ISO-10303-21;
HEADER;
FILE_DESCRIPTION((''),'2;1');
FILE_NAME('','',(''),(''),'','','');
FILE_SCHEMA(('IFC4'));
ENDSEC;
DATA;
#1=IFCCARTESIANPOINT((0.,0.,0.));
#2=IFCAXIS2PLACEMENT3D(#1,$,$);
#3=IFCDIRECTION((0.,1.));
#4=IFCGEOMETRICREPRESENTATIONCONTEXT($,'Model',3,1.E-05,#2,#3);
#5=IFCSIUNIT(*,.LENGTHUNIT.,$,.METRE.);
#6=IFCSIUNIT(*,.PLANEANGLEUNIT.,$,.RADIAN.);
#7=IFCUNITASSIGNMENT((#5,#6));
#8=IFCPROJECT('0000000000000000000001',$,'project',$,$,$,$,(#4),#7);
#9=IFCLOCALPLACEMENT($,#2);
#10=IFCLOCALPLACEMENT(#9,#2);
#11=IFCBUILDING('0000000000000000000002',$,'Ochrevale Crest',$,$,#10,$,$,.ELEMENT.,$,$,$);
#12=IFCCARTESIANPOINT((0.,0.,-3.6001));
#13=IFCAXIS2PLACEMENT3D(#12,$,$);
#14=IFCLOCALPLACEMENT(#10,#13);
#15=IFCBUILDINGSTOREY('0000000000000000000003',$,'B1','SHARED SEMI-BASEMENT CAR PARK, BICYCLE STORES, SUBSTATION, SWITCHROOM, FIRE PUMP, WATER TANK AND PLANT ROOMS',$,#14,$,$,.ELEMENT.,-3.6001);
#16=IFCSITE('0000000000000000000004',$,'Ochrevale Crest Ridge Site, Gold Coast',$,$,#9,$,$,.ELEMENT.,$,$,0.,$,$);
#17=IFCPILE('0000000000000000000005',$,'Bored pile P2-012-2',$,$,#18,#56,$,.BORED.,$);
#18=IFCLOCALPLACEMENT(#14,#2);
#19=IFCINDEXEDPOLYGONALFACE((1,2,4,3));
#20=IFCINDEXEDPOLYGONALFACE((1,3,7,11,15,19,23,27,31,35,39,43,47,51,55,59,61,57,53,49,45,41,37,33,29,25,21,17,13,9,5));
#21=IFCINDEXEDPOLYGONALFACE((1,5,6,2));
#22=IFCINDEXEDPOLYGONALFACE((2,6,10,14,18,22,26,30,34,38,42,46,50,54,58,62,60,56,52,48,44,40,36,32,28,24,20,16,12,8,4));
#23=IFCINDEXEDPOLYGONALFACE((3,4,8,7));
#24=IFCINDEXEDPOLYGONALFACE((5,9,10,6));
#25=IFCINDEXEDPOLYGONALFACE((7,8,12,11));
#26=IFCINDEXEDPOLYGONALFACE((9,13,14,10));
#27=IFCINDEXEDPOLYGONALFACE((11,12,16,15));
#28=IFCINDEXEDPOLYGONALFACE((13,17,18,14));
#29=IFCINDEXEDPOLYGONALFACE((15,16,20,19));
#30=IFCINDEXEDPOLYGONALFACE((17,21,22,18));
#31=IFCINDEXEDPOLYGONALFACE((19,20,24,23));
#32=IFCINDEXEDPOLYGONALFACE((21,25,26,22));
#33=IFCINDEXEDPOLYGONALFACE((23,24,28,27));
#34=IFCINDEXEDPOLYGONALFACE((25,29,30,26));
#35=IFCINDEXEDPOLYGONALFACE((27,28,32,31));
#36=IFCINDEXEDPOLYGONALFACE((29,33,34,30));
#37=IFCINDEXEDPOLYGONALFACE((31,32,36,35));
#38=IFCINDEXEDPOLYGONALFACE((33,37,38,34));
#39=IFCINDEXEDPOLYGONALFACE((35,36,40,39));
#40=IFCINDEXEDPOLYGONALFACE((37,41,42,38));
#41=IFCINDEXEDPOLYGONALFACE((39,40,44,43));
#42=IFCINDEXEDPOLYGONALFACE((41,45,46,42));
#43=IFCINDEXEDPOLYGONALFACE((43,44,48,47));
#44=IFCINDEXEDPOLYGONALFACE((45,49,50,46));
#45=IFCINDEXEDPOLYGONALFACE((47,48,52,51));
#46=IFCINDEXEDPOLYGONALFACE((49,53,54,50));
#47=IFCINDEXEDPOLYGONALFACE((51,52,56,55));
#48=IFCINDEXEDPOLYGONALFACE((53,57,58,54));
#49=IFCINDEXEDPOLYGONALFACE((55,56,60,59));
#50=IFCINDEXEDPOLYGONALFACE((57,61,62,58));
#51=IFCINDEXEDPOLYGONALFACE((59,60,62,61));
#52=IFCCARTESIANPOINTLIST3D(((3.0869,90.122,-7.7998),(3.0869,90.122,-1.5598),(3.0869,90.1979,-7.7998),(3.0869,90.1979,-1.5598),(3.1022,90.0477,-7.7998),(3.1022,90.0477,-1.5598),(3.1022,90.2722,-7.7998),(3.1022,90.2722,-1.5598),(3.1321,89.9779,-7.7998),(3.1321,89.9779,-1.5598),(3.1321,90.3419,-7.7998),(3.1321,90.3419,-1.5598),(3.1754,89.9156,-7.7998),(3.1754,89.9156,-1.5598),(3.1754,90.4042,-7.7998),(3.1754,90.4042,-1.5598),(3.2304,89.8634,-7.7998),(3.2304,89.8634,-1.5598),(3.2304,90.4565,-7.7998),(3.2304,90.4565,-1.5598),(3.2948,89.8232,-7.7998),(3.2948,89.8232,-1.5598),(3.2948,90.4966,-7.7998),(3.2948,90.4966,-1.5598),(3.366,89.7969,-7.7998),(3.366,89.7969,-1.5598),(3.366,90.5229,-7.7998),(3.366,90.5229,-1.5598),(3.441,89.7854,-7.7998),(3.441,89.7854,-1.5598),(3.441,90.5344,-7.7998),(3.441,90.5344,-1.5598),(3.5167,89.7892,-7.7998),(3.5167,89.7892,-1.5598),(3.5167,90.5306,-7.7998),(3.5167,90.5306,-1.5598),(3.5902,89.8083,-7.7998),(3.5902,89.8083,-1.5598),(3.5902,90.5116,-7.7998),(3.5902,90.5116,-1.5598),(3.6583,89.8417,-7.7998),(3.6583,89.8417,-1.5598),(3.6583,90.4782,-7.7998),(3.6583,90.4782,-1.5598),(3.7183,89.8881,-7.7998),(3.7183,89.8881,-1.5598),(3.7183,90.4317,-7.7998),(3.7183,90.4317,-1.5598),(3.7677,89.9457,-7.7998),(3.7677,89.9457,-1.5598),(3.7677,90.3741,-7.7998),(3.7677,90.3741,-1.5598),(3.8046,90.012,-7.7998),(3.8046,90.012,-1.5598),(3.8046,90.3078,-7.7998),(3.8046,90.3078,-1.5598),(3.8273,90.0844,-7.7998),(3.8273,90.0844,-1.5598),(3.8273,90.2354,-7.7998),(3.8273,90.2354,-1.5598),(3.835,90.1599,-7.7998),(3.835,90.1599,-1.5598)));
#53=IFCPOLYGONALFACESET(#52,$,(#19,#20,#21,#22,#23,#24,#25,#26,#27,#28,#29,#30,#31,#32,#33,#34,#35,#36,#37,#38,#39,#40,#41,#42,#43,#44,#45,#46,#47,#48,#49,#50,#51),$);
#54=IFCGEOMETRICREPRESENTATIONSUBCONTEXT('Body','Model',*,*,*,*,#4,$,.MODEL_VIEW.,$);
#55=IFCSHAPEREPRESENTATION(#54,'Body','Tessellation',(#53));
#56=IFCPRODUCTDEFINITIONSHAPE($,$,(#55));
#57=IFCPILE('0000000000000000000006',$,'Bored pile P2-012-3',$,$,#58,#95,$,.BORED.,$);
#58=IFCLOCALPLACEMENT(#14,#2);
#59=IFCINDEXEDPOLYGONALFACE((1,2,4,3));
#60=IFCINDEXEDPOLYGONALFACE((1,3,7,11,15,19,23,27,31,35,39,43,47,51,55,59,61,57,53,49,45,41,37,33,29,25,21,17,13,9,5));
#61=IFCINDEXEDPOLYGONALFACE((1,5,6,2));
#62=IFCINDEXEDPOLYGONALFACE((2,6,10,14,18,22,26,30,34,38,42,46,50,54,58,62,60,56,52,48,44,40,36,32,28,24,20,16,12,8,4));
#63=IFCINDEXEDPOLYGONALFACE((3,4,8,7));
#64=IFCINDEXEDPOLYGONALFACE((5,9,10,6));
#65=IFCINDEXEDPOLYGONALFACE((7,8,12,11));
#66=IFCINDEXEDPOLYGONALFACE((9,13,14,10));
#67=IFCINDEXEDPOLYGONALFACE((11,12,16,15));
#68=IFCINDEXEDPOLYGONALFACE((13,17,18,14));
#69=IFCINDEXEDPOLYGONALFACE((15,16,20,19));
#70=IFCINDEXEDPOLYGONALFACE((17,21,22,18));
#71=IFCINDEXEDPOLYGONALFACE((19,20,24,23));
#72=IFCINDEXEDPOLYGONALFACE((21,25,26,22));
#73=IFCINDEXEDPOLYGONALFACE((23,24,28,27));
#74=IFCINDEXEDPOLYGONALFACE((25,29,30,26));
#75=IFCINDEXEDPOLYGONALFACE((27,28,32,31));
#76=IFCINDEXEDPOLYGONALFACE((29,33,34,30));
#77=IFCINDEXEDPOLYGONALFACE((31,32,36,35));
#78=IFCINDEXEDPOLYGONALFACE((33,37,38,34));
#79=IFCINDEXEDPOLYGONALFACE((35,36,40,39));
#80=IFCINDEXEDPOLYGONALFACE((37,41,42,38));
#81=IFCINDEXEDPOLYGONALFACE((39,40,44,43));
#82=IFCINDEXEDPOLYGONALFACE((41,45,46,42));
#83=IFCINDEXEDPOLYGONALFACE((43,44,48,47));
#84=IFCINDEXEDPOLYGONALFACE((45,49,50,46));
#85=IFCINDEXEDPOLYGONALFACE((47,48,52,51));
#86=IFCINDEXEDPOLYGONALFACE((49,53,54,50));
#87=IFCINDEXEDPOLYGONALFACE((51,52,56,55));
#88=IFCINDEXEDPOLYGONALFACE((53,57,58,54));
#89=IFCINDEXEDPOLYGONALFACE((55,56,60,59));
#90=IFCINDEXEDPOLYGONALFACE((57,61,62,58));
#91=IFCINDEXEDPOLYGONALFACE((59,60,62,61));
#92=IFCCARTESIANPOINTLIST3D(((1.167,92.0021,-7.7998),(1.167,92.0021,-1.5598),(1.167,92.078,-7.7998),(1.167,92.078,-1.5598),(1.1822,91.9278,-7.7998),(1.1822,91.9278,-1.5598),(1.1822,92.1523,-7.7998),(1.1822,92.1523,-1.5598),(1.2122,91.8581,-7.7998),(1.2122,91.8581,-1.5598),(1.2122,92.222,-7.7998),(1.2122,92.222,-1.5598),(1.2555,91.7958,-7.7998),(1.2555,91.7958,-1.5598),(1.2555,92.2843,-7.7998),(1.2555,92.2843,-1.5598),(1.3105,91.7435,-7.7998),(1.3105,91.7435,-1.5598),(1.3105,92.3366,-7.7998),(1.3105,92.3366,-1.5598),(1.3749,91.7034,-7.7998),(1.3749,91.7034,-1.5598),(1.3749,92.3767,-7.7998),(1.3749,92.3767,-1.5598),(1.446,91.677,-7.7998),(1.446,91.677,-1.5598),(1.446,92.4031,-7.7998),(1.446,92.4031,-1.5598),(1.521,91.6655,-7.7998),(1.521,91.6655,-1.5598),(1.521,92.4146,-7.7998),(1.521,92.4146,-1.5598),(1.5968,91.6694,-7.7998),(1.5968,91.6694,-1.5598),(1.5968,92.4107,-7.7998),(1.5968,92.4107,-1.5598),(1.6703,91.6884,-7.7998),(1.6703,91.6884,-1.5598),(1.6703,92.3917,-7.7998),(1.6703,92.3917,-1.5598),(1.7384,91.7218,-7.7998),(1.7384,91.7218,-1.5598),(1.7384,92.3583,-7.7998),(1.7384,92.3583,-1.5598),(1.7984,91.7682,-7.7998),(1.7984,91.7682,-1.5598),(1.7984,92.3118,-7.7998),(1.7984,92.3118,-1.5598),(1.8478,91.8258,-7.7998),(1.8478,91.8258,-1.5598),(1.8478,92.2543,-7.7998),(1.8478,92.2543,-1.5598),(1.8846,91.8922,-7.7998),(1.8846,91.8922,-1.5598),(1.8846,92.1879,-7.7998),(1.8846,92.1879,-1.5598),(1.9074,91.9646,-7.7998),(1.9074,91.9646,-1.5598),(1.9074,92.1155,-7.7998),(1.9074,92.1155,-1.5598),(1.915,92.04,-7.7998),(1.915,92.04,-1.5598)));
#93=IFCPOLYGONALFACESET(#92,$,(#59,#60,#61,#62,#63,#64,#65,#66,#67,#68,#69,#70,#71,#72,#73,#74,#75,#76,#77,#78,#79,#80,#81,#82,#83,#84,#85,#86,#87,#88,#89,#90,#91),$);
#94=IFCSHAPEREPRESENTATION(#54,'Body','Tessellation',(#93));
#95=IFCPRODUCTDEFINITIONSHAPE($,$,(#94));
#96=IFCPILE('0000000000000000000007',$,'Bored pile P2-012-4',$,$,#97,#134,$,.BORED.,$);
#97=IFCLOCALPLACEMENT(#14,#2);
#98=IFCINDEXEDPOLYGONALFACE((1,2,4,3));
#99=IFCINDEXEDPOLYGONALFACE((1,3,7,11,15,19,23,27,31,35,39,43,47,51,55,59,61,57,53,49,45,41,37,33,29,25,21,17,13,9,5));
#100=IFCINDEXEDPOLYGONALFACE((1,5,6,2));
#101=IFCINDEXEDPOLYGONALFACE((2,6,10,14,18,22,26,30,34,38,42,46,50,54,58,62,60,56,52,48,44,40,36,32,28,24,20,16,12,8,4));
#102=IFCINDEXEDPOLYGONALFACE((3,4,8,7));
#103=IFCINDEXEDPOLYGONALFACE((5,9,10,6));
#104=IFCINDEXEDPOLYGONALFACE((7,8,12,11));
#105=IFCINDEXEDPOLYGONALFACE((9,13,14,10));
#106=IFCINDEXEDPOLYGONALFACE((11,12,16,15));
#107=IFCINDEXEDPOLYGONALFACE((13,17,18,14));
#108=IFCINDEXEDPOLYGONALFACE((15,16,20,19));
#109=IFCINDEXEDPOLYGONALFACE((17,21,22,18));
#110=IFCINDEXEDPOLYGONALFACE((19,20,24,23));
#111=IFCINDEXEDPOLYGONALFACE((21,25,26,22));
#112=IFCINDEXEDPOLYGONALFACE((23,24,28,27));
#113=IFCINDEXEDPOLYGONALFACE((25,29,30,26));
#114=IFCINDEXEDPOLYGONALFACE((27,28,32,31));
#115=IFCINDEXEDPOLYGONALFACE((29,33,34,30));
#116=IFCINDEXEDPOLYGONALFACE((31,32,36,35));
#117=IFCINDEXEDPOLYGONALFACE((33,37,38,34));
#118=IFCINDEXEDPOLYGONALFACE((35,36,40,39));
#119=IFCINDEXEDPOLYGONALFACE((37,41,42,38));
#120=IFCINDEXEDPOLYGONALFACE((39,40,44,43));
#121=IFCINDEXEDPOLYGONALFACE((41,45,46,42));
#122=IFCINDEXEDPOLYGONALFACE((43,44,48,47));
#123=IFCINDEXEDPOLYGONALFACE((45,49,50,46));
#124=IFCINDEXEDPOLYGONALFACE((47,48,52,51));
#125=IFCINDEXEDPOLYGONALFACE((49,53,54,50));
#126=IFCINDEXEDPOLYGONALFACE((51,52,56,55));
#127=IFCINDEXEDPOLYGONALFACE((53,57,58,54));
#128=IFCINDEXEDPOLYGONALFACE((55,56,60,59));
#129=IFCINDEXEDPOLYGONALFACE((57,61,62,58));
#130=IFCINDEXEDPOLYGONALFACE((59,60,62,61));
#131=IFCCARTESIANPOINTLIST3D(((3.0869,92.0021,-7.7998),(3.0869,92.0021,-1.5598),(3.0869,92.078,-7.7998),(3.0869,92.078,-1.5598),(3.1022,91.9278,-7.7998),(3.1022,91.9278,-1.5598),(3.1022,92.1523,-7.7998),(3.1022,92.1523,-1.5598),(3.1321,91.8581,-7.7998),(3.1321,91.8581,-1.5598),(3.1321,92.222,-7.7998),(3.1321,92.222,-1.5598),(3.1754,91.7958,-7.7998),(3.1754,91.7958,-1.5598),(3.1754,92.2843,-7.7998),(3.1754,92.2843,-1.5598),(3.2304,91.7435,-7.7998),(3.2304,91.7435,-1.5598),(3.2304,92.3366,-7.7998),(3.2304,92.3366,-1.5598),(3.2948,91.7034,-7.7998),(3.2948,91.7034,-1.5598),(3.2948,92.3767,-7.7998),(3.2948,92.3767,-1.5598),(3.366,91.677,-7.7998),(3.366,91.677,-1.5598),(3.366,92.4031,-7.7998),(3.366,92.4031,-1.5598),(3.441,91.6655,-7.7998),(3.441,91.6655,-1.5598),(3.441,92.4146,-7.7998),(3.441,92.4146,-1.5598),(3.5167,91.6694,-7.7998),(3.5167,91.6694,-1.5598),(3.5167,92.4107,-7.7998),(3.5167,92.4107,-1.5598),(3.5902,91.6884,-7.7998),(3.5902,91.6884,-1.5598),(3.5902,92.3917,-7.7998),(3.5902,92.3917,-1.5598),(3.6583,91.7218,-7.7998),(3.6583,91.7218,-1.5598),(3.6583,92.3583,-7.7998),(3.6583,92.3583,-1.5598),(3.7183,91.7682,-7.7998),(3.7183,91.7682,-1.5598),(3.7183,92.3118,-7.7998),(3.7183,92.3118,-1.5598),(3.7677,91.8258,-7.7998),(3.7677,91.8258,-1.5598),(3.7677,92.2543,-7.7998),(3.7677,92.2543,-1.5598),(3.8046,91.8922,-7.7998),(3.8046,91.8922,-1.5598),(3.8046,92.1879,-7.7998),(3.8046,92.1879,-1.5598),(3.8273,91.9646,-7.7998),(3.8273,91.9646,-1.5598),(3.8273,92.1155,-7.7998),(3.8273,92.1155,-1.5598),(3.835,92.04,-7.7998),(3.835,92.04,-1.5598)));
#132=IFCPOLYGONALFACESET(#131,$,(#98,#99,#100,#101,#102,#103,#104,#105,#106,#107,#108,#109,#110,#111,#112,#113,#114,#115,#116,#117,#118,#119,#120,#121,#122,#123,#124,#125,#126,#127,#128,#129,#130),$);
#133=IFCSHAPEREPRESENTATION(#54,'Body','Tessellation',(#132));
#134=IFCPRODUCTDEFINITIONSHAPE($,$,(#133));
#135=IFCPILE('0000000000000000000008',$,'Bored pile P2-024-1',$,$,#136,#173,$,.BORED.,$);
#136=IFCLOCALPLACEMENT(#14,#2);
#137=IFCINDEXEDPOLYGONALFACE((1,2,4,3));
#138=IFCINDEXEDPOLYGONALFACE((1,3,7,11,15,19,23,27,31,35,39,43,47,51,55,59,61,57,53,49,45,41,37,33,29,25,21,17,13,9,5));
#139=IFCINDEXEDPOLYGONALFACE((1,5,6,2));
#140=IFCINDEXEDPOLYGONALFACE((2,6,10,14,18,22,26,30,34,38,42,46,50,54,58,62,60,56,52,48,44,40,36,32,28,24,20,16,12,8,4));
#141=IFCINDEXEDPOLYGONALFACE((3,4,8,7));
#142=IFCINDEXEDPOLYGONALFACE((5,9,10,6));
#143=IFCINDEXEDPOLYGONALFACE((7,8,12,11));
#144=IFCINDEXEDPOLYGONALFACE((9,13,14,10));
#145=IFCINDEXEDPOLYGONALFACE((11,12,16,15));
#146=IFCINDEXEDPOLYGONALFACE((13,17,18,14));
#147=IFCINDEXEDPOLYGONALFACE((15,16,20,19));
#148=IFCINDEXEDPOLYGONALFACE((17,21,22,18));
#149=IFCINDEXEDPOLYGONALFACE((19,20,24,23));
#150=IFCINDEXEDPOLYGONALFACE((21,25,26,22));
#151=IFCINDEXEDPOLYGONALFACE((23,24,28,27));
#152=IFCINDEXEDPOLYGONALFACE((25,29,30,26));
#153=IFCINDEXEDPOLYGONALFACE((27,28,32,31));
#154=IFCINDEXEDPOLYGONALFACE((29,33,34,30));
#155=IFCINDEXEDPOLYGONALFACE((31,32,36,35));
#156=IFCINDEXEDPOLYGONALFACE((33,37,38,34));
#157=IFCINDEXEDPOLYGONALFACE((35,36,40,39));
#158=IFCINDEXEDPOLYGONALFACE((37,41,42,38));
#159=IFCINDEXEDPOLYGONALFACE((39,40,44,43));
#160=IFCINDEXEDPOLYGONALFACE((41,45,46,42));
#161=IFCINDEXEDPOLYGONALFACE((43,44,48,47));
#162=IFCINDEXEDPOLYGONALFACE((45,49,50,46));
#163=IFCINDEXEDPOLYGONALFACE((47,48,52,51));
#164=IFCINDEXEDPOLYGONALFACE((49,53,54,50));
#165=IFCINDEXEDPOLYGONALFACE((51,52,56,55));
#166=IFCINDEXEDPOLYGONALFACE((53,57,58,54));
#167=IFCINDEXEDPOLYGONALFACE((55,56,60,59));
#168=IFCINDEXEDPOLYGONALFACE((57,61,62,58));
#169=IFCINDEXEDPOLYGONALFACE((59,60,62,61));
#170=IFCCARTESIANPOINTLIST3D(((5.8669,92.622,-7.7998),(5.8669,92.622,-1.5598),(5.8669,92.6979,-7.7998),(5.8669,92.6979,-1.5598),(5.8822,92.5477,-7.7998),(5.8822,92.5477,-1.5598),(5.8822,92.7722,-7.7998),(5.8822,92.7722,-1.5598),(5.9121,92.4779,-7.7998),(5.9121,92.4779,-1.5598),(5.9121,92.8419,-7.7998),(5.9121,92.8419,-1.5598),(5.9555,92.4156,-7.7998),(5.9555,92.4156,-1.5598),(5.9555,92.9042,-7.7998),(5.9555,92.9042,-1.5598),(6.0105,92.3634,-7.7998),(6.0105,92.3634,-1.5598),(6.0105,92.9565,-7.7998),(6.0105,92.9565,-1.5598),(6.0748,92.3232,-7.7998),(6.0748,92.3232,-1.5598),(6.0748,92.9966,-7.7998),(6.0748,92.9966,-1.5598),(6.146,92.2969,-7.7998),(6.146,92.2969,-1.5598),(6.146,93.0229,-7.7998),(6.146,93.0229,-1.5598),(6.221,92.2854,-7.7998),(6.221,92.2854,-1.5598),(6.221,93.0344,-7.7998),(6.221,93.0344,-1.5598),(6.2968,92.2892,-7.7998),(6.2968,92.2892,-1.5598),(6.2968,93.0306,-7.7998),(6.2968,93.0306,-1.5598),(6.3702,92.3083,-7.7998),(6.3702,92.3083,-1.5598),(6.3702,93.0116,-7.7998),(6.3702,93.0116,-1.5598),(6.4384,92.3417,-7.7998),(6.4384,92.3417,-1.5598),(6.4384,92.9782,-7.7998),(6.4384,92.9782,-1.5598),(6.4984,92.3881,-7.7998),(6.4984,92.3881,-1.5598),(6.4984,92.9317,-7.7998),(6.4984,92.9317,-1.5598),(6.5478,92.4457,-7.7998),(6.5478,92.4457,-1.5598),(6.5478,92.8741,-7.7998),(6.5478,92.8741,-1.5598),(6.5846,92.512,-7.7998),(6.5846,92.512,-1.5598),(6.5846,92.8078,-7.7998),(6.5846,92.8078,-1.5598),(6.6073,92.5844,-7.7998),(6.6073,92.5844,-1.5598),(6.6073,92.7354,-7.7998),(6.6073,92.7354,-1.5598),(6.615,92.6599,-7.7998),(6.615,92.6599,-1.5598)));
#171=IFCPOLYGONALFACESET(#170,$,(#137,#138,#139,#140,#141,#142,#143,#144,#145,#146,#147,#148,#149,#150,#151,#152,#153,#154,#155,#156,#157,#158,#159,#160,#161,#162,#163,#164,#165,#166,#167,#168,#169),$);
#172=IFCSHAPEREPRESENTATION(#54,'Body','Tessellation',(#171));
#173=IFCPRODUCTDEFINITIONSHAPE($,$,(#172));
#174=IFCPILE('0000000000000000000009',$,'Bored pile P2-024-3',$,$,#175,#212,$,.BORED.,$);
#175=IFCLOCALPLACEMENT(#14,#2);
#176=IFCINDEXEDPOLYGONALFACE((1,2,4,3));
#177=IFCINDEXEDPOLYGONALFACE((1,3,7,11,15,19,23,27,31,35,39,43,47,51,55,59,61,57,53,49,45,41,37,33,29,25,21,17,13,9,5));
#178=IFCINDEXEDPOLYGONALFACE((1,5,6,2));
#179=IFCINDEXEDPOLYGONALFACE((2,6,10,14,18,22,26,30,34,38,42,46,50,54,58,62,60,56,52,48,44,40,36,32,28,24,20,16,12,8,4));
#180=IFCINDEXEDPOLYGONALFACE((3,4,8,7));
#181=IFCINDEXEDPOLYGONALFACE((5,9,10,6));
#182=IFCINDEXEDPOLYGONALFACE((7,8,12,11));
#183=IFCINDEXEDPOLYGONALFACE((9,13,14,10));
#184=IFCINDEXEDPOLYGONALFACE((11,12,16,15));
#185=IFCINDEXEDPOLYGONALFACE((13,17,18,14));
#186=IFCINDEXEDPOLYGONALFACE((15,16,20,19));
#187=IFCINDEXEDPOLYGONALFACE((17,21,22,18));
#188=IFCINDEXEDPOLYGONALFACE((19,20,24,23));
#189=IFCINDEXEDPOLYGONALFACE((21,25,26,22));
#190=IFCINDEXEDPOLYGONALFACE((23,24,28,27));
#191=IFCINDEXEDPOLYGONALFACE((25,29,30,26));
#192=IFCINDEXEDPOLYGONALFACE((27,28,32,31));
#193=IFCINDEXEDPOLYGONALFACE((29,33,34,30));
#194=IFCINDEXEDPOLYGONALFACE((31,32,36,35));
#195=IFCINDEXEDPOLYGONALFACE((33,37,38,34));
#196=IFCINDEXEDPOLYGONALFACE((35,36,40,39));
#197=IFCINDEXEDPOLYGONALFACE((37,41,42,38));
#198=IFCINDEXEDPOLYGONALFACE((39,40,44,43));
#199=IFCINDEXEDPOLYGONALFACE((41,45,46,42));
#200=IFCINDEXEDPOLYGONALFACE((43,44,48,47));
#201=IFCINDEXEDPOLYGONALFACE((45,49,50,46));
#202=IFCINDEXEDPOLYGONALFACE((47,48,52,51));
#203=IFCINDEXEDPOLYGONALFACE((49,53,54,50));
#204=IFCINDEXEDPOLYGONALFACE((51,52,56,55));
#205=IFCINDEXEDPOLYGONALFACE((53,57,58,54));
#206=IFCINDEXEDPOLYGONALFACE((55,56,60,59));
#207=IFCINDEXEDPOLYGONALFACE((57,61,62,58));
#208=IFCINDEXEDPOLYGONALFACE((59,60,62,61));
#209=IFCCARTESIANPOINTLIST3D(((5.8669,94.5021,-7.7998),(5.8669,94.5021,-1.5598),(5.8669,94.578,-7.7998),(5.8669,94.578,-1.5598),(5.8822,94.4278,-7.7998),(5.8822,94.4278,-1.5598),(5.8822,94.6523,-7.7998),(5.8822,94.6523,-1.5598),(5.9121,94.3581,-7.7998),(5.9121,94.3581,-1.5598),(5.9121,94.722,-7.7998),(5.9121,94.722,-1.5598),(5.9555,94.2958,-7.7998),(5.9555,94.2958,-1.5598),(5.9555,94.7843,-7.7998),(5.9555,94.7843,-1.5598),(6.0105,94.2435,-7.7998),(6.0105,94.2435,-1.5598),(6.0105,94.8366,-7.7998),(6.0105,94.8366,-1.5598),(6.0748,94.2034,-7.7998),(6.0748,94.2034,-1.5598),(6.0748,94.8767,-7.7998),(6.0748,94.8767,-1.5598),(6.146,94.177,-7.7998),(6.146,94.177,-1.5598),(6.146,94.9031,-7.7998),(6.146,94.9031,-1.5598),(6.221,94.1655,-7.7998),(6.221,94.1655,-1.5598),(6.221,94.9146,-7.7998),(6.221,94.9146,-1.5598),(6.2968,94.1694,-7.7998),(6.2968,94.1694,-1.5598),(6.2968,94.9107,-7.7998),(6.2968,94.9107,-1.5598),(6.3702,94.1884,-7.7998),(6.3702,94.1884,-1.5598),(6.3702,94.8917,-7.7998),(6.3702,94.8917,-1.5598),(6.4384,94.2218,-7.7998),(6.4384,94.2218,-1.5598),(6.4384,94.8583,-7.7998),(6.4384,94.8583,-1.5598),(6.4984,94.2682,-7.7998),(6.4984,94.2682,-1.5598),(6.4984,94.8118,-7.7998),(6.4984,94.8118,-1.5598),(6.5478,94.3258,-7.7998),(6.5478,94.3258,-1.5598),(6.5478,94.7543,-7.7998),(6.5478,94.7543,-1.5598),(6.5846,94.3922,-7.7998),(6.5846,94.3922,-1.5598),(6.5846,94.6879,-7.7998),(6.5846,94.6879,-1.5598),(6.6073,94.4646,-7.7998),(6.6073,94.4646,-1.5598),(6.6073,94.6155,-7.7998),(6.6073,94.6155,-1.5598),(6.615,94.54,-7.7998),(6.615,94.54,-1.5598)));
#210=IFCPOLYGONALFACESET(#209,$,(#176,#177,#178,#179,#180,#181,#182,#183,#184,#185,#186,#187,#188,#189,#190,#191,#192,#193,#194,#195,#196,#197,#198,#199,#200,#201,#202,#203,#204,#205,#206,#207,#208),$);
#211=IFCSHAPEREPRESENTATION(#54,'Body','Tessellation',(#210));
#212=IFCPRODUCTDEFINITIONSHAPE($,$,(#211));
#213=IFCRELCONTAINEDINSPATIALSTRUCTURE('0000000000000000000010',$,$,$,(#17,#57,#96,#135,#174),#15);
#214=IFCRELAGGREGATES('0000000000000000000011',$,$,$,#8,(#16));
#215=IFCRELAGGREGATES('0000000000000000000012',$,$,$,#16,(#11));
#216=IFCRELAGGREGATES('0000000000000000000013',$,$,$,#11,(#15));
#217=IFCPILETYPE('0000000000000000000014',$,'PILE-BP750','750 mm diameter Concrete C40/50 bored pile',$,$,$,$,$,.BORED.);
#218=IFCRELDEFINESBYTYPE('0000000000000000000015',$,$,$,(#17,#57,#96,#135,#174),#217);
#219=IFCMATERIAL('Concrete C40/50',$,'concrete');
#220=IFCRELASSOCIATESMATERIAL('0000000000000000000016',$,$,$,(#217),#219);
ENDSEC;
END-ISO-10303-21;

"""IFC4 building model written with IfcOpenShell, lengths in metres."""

from ifc_helpers import new_model, si_unit, direction, frame, origin, origin_2d, place, context, subcontext, project, spatial, circle, extrude, material, material_profile, profile_set, type_object, element, save


model = new_model("IFC4")

# Units and contexts
model_context = context("Model", 3, precision=1e-05, world=origin(), true_north=direction((0.0, 1.0)))
body_context = subcontext(model_context, "Body", "Model", "MODEL_VIEW")
ifc_project = project(units=[si_unit("LENGTHUNIT", "METRE"), si_unit("PLANEANGLEUNIT", "RADIAN")], contexts=[model_context])

# Site, building, storey
site_placement = place(None, origin())
site = spatial("IfcSite", under=ifc_project, at=site_placement, Name="Ochrevale Crest Ridge Site, Gold Coast", CompositionType="ELEMENT", RefElevation=0.0)
building_placement = place(site_placement, origin())
building = spatial("IfcBuilding", under=site, at=building_placement, Name="Ochrevale Crest", CompositionType="ELEMENT")
storey_placement = place(building_placement, frame((0.0, 0.0, -3.6001)))
storey = spatial("IfcBuildingStorey", under=building, at=storey_placement, Name="B1", Description="SHARED SEMI-BASEMENT CAR PARK, BICYCLE STORES, SUBSTATION, SWITCHROOM, FIRE PUMP, WATER TANK AND PLANT ROOMS", CompositionType="ELEMENT", Elevation=-3.6001)

# Shared definitions
ifc_material_1 = material(Name="Concrete C40/50", Category="concrete")

# Piles
ifc_material_profile_1 = material_profile(ifc_material_1, circle(Radius=0.375, at=origin_2d()), Name="BORED PILE 750")
ifc_profile_set_1 = profile_set([ifc_material_profile_1], Name="Concrete C40/50")
pile_type_1 = type_object("IfcPileType", Name="PILE-BP750", Description="750 mm diameter Concrete C40/50 bored pile", PredefinedType="BORED", material=ifc_profile_set_1)
for number, where, z_axis, x_axis, name in (
    (1, (3.46, 90.1599, -1.5598), (0.0, 0.0, -1.0), (1.0, 0.0, 0.0), "Bored pile P2-012-2"),
    (2, (1.54, 92.04, -1.5598), (0.0, 0.0, -1.0), (1.0, 0.0, 0.0), "Bored pile P2-012-3"),
    (3, (3.46, 92.04, -1.5598), (0.0, 0.0, -1.0), (1.0, 0.0, 0.0), "Bored pile P2-012-4"),
    (4, (6.24, 92.6599, -1.5598), (0.0, 0.0, -1.0), (1.0, 0.0, 0.0), "Bored pile P2-024-1"),
    (5, (6.24, 94.54, -1.5598), (0.0, 0.0, -1.0), (1.0, 0.0, 0.0), "Bored pile P2-024-3"),
):
    element("IfcPile", number, at=place(storey_placement, frame(where, z_axis=z_axis, x_axis=x_axis)), inside=storey, type_object=pile_type_1, Name=name, PredefinedType="BORED", context=body_context, shape_type="SweptSolid", body=[
        extrude(circle(Radius=0.375, at=origin_2d()), origin(), (0.0, 0.0, 1.0), 6.24),
    ])

save(model, "model.ifc")
